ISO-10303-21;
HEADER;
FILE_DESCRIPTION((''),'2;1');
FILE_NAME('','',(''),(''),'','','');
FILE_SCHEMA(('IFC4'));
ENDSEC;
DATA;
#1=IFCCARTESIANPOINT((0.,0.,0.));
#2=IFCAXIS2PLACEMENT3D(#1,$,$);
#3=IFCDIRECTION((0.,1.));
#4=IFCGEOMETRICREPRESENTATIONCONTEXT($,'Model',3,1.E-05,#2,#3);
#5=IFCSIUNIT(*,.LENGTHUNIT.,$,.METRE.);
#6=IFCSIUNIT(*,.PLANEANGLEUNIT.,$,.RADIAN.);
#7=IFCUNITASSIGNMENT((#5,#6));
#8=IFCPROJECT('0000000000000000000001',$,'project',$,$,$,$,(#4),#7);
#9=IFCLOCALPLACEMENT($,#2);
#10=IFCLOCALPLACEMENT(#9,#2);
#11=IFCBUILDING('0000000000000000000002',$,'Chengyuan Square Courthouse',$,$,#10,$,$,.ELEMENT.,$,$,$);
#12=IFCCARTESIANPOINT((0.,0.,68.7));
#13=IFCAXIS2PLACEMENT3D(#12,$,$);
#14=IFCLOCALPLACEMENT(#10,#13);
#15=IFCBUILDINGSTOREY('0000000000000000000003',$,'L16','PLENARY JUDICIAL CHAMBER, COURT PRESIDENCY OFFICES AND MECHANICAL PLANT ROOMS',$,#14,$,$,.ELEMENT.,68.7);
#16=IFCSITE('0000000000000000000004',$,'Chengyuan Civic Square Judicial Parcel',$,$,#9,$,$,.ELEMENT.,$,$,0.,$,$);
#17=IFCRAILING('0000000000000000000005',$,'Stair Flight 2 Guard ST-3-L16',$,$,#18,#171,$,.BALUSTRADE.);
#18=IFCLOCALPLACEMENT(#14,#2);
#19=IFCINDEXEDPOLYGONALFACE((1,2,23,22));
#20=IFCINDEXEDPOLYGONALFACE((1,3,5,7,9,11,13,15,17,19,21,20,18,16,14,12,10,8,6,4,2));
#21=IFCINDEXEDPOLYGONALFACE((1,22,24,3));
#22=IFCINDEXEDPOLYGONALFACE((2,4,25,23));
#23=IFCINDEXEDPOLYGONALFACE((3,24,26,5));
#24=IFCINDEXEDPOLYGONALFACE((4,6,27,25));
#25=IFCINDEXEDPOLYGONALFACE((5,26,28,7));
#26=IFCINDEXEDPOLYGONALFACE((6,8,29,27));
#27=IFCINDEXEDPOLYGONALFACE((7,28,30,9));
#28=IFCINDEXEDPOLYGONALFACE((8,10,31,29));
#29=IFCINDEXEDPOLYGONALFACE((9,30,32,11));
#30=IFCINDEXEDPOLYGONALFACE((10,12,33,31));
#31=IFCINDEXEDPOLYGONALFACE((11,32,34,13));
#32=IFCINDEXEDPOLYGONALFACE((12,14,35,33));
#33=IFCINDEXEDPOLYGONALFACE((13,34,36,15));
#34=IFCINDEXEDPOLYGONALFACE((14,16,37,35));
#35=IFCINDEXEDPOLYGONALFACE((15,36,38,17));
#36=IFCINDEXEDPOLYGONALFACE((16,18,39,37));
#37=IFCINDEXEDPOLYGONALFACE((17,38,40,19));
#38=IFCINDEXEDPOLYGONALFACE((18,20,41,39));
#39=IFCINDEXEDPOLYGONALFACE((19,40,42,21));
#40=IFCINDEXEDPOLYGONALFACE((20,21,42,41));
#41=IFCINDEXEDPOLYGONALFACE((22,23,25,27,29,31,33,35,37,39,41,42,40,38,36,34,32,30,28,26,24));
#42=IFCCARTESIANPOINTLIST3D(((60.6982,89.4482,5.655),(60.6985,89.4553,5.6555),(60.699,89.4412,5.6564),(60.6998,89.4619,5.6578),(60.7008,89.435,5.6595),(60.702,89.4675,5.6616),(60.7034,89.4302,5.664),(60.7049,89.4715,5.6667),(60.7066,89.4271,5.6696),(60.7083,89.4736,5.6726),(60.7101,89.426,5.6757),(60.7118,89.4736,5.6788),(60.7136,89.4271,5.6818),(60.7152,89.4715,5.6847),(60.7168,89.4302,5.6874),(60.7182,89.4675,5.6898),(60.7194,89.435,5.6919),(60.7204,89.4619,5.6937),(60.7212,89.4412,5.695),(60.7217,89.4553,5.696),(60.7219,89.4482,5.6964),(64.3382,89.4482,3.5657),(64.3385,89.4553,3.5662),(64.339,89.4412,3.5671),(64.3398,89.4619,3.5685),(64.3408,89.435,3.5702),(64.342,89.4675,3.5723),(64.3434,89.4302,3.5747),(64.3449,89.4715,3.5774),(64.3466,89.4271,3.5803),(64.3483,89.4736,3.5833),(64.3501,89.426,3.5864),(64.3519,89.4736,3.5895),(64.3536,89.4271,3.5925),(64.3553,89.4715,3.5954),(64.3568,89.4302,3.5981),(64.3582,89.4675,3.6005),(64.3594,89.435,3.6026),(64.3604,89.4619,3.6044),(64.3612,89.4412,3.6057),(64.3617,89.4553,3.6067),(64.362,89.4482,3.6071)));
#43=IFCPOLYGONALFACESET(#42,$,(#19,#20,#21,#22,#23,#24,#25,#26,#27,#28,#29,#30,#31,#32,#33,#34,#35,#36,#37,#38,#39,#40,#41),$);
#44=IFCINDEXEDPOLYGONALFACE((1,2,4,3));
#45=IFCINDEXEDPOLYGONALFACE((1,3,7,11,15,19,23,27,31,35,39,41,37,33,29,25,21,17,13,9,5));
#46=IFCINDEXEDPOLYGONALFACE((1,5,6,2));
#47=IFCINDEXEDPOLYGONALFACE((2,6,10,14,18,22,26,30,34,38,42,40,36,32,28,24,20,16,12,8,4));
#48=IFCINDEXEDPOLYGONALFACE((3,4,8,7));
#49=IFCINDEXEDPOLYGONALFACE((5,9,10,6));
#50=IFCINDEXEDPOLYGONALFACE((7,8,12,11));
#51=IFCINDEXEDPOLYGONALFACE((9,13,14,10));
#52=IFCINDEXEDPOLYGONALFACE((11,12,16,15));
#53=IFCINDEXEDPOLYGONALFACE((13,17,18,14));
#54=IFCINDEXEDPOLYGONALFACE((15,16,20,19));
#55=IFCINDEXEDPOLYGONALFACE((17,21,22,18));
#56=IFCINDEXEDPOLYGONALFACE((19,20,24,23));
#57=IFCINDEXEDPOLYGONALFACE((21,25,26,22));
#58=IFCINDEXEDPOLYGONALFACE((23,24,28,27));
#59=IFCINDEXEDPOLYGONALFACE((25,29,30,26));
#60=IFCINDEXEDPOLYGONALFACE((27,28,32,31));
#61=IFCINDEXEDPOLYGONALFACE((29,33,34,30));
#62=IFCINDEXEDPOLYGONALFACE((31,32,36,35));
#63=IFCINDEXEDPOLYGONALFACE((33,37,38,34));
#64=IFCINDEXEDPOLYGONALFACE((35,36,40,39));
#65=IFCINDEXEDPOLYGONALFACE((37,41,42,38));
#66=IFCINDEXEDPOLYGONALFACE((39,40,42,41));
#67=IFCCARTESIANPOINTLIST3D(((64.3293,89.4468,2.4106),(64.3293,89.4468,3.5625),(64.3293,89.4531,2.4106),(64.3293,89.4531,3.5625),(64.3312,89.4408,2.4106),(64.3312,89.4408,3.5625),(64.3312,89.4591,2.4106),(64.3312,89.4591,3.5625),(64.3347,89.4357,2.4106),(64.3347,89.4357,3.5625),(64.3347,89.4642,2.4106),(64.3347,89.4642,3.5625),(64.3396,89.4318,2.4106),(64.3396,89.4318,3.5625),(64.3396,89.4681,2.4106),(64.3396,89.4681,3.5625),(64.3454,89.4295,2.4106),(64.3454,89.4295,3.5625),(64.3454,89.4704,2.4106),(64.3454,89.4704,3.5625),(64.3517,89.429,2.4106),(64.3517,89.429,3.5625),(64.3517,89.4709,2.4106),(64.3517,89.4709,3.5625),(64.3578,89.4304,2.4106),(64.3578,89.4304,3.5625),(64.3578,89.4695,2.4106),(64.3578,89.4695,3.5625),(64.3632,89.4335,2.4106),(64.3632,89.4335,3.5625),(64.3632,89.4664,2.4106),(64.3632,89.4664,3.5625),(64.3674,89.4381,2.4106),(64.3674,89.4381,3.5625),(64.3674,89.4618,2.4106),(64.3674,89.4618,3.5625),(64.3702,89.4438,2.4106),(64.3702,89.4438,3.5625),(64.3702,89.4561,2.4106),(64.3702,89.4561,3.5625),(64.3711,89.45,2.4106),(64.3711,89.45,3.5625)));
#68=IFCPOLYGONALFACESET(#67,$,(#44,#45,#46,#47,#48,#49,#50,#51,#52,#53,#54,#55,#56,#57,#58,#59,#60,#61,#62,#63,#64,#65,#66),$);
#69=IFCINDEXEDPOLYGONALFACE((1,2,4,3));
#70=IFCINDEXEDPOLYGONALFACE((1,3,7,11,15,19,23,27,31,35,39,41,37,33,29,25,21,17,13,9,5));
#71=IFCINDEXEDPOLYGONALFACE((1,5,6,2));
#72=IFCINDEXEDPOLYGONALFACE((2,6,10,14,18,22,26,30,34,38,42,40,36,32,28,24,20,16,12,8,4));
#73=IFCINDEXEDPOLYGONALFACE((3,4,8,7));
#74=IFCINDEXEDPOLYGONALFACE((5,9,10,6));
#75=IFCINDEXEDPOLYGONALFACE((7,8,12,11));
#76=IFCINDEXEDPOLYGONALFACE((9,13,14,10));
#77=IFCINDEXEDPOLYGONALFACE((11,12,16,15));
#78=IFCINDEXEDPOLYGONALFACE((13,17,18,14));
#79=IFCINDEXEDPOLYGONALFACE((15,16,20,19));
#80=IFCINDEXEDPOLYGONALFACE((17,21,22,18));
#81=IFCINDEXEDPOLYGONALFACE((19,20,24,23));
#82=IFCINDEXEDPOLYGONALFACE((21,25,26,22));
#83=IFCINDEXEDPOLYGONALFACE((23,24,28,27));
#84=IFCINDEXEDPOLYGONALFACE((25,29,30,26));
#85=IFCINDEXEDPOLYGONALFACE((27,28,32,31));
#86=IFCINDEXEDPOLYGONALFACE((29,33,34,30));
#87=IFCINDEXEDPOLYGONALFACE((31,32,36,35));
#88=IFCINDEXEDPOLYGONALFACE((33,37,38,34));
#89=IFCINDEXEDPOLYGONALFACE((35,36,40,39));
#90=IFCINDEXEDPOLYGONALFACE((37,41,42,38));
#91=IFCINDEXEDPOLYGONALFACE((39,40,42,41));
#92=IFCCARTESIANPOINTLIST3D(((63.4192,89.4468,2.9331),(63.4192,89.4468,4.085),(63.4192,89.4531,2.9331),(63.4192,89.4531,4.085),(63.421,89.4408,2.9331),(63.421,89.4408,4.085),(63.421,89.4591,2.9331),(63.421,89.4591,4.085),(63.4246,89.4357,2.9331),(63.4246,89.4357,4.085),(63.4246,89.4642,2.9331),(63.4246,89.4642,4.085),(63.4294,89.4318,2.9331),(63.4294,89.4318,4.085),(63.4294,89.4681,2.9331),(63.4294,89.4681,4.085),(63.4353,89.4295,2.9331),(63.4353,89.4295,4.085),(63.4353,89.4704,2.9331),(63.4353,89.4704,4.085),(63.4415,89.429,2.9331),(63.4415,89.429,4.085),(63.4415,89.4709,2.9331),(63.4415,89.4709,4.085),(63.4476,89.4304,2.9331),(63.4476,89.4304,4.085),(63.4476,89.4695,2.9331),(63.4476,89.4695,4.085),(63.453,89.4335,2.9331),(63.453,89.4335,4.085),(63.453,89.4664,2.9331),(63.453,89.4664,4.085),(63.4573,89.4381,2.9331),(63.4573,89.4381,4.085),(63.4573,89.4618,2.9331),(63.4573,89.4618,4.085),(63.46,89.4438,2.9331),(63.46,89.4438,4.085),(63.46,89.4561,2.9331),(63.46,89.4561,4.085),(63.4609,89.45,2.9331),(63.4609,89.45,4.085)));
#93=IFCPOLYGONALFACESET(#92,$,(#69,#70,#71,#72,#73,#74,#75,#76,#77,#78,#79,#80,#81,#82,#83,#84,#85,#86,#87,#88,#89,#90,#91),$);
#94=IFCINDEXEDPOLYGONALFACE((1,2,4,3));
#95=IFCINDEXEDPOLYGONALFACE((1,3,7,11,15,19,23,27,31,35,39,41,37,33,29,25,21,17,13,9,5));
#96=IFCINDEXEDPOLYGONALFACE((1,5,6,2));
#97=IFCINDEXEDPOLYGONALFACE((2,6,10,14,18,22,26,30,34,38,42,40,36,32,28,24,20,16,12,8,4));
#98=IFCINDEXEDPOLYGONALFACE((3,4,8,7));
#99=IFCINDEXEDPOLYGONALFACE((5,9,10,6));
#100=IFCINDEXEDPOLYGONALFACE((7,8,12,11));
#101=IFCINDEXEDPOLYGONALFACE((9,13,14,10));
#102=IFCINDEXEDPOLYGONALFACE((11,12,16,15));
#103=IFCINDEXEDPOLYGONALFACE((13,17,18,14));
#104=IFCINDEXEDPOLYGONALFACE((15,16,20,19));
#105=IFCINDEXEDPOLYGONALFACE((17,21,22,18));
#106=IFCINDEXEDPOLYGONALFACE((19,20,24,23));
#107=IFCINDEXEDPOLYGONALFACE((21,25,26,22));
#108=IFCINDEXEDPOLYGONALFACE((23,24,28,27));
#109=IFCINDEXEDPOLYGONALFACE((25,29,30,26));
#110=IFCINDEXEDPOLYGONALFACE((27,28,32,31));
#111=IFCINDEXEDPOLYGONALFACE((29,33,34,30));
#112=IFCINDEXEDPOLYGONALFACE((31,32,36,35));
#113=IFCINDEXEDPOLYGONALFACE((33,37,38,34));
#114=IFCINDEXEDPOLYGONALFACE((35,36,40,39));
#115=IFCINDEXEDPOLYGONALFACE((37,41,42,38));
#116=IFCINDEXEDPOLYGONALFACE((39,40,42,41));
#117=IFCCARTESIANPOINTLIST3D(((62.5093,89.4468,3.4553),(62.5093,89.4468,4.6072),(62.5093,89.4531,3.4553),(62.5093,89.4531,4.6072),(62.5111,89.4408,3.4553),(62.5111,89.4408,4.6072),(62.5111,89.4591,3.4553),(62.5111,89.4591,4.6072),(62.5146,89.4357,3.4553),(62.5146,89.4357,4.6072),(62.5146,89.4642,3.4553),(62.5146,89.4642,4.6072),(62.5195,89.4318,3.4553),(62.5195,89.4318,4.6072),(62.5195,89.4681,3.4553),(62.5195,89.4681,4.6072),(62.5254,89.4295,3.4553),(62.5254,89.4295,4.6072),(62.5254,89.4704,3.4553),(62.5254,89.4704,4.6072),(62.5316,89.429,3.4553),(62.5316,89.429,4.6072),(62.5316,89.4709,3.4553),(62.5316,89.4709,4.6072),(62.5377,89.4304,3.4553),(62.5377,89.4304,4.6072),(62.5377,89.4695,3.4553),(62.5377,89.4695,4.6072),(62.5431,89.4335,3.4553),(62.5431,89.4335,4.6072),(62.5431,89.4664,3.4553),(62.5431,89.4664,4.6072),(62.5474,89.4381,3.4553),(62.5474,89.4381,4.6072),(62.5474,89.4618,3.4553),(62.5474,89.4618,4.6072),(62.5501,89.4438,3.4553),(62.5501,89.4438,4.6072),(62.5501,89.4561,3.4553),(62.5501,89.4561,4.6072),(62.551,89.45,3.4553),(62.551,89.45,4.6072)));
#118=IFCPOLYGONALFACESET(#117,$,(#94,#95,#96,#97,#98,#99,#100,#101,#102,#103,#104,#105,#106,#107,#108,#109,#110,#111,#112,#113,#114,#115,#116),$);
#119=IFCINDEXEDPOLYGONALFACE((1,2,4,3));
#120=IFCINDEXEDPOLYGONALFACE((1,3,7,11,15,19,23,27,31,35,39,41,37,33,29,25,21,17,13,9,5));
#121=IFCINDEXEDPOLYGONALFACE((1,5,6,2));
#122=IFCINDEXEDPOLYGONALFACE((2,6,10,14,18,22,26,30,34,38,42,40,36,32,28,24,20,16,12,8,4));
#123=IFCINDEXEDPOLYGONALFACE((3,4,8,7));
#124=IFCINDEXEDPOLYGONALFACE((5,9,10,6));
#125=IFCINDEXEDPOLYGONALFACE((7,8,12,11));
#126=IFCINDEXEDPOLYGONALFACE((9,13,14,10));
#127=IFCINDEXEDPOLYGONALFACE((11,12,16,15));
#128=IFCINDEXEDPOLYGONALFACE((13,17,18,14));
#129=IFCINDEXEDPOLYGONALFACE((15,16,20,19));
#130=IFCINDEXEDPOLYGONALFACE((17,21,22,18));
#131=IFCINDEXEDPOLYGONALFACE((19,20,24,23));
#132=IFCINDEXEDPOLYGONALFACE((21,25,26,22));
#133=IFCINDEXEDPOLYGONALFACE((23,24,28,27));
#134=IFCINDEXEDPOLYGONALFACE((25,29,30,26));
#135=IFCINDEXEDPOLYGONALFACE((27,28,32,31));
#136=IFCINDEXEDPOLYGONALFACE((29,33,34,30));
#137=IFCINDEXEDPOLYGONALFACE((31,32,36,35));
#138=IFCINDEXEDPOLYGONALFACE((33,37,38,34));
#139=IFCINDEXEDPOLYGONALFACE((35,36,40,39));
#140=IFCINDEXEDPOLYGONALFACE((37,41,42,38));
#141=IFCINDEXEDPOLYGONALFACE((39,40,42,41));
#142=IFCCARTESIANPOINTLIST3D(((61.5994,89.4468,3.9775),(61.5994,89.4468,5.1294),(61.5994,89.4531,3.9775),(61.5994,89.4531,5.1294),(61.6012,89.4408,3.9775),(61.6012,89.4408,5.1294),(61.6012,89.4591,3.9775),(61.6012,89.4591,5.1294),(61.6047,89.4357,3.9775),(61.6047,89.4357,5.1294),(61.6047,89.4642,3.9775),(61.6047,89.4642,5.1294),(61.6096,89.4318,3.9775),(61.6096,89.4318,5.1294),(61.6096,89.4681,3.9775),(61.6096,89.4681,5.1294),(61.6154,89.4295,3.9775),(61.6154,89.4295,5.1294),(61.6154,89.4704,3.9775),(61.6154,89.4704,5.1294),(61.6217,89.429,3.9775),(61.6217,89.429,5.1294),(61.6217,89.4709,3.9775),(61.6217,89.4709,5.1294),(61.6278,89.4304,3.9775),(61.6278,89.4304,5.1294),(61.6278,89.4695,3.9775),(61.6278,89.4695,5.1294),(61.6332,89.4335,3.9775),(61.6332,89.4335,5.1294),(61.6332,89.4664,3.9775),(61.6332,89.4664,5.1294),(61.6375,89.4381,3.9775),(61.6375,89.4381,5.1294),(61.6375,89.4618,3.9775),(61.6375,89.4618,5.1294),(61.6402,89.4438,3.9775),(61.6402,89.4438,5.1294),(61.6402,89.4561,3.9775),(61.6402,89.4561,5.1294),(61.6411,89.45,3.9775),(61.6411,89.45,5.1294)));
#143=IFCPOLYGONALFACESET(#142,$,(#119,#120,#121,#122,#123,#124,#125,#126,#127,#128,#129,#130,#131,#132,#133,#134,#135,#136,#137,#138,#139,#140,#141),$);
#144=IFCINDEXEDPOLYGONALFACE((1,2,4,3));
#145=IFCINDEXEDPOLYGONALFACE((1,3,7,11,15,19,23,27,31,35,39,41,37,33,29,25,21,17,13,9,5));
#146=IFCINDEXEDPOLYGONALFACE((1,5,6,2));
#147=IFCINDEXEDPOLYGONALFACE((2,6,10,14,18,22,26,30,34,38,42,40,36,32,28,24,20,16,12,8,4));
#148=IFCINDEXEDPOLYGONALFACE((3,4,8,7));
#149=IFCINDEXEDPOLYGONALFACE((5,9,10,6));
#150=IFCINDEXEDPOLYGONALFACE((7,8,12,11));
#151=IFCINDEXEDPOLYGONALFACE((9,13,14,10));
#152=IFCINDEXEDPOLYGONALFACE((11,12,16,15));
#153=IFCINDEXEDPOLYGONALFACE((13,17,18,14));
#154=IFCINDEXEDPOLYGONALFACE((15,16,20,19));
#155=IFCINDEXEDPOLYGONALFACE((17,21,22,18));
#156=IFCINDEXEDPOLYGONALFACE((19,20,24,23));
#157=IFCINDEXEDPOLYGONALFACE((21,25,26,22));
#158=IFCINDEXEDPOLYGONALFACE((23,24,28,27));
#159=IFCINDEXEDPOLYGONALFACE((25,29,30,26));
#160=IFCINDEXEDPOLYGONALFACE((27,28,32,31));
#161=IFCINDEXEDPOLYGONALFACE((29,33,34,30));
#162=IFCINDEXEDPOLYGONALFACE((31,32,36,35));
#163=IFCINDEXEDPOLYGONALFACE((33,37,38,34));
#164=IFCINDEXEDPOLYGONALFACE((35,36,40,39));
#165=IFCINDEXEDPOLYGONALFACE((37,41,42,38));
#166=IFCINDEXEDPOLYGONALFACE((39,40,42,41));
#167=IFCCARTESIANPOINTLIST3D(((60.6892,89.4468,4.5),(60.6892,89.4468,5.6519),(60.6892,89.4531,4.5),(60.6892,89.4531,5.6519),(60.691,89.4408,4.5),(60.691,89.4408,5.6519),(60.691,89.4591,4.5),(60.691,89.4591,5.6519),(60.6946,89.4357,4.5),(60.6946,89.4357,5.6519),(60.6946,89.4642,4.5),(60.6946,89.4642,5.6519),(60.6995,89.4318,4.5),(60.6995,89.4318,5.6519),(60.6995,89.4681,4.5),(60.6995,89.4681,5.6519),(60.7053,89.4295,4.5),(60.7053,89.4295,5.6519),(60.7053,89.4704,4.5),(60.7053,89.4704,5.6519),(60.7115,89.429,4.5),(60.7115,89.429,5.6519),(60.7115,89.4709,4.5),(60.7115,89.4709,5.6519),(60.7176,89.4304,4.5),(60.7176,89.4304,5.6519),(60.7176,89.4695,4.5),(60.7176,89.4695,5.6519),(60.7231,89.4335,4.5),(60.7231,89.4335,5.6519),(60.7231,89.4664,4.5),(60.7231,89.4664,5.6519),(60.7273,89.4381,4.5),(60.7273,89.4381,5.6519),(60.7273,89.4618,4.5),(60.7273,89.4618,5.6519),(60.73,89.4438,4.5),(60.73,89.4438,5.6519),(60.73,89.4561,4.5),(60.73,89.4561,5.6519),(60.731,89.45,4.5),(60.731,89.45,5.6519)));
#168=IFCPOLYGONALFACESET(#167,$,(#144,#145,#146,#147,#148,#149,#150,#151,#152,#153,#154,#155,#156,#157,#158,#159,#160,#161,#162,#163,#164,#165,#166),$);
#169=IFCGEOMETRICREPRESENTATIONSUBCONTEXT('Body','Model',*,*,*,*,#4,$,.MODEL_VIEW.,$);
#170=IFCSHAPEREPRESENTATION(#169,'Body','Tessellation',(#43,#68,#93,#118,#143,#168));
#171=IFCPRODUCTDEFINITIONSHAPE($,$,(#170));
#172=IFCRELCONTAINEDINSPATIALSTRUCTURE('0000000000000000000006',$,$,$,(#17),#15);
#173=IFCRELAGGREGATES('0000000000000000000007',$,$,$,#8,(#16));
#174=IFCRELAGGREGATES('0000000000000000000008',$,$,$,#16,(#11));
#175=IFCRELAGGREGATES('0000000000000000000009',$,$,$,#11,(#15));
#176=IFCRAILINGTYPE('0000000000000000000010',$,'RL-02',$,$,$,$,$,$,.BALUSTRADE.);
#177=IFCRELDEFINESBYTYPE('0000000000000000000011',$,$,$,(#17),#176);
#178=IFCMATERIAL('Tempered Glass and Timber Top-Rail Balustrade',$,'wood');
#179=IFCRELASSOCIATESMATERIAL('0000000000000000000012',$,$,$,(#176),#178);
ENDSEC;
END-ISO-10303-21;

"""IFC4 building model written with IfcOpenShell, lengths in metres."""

from ifc_helpers import new_model, si_unit, direction, frame, origin, origin_2d, place, context, subcontext, project, spatial, circle, extrude, material, type_object, element, save


model = new_model("IFC4")

# Units and contexts
model_context = context("Model", 3, precision=1e-05, world=origin(), true_north=direction((0.0, 1.0)))
body_context = subcontext(model_context, "Body", "Model", "MODEL_VIEW")
ifc_project = project(units=[si_unit("LENGTHUNIT", "METRE"), si_unit("PLANEANGLEUNIT", "RADIAN")], contexts=[model_context])

# Site, building, storey
site_placement = place(None, origin())
site = spatial("IfcSite", under=ifc_project, at=site_placement, Name="Chengyuan Civic Square Judicial Parcel", CompositionType="ELEMENT", RefElevation=0.0)
building_placement = place(site_placement, origin())
building = spatial("IfcBuilding", under=site, at=building_placement, Name="Chengyuan Square Courthouse", CompositionType="ELEMENT")
storey_placement = place(building_placement, frame((0.0, 0.0, 68.7)))
storey = spatial("IfcBuildingStorey", under=building, at=storey_placement, Name="L16", Description="PLENARY JUDICIAL CHAMBER, COURT PRESIDENCY OFFICES AND MECHANICAL PLANT ROOMS", CompositionType="ELEMENT", Elevation=68.7)

# Railing
ifc_material_1 = material(Name="Tempered Glass and Timber Top-Rail Balustrade", Category="wood")
railing_type_1 = type_object("IfcRailingType", Name="RL-02", PredefinedType="BALUSTRADE", material=ifc_material_1)
railing_1_placement = place(storey_placement, frame((64.3501, 89.45, 2.4106)))
element("IfcRailing", 1, at=railing_1_placement, inside=storey, type_object=railing_type_1, Name="Stair Flight 2 Guard ST-3-L16", PredefinedType="BALUSTRADE", context=body_context, shape_type="SweptSolid", body=[
    extrude(circle(Radius=0.0239, at=origin_2d()), frame((0.0, 0.0, 1.1758), z_axis=(-0.867289, 0.0, 0.497804), x_axis=(0.0, -1.0, 0.0)), (0.0, 0.0, 1.0), 4.197),
    extrude(circle(Radius=0.021, at=origin_2d()), origin(), (0.0, 0.0, 1.0), 1.1519),
    extrude(circle(Radius=0.021, at=origin_2d()), frame((-0.9102, 0.0, 0.5225)), (0.0, 0.0, 1.0), 1.1519),
    extrude(circle(Radius=0.021, at=origin_2d()), frame((-1.8201, 0.0, 1.0447)), (0.0, 0.0, 1.0), 1.1519),
    extrude(circle(Radius=0.021, at=origin_2d()), frame((-2.73, 0.0, 1.5669)), (0.0, 0.0, 1.0), 1.1519),
    extrude(circle(Radius=0.021, at=origin_2d()), frame((-3.6401, 0.0, 2.0894)), (0.0, 0.0, 1.0), 1.1519),
])

save(model, "model.ifc")
